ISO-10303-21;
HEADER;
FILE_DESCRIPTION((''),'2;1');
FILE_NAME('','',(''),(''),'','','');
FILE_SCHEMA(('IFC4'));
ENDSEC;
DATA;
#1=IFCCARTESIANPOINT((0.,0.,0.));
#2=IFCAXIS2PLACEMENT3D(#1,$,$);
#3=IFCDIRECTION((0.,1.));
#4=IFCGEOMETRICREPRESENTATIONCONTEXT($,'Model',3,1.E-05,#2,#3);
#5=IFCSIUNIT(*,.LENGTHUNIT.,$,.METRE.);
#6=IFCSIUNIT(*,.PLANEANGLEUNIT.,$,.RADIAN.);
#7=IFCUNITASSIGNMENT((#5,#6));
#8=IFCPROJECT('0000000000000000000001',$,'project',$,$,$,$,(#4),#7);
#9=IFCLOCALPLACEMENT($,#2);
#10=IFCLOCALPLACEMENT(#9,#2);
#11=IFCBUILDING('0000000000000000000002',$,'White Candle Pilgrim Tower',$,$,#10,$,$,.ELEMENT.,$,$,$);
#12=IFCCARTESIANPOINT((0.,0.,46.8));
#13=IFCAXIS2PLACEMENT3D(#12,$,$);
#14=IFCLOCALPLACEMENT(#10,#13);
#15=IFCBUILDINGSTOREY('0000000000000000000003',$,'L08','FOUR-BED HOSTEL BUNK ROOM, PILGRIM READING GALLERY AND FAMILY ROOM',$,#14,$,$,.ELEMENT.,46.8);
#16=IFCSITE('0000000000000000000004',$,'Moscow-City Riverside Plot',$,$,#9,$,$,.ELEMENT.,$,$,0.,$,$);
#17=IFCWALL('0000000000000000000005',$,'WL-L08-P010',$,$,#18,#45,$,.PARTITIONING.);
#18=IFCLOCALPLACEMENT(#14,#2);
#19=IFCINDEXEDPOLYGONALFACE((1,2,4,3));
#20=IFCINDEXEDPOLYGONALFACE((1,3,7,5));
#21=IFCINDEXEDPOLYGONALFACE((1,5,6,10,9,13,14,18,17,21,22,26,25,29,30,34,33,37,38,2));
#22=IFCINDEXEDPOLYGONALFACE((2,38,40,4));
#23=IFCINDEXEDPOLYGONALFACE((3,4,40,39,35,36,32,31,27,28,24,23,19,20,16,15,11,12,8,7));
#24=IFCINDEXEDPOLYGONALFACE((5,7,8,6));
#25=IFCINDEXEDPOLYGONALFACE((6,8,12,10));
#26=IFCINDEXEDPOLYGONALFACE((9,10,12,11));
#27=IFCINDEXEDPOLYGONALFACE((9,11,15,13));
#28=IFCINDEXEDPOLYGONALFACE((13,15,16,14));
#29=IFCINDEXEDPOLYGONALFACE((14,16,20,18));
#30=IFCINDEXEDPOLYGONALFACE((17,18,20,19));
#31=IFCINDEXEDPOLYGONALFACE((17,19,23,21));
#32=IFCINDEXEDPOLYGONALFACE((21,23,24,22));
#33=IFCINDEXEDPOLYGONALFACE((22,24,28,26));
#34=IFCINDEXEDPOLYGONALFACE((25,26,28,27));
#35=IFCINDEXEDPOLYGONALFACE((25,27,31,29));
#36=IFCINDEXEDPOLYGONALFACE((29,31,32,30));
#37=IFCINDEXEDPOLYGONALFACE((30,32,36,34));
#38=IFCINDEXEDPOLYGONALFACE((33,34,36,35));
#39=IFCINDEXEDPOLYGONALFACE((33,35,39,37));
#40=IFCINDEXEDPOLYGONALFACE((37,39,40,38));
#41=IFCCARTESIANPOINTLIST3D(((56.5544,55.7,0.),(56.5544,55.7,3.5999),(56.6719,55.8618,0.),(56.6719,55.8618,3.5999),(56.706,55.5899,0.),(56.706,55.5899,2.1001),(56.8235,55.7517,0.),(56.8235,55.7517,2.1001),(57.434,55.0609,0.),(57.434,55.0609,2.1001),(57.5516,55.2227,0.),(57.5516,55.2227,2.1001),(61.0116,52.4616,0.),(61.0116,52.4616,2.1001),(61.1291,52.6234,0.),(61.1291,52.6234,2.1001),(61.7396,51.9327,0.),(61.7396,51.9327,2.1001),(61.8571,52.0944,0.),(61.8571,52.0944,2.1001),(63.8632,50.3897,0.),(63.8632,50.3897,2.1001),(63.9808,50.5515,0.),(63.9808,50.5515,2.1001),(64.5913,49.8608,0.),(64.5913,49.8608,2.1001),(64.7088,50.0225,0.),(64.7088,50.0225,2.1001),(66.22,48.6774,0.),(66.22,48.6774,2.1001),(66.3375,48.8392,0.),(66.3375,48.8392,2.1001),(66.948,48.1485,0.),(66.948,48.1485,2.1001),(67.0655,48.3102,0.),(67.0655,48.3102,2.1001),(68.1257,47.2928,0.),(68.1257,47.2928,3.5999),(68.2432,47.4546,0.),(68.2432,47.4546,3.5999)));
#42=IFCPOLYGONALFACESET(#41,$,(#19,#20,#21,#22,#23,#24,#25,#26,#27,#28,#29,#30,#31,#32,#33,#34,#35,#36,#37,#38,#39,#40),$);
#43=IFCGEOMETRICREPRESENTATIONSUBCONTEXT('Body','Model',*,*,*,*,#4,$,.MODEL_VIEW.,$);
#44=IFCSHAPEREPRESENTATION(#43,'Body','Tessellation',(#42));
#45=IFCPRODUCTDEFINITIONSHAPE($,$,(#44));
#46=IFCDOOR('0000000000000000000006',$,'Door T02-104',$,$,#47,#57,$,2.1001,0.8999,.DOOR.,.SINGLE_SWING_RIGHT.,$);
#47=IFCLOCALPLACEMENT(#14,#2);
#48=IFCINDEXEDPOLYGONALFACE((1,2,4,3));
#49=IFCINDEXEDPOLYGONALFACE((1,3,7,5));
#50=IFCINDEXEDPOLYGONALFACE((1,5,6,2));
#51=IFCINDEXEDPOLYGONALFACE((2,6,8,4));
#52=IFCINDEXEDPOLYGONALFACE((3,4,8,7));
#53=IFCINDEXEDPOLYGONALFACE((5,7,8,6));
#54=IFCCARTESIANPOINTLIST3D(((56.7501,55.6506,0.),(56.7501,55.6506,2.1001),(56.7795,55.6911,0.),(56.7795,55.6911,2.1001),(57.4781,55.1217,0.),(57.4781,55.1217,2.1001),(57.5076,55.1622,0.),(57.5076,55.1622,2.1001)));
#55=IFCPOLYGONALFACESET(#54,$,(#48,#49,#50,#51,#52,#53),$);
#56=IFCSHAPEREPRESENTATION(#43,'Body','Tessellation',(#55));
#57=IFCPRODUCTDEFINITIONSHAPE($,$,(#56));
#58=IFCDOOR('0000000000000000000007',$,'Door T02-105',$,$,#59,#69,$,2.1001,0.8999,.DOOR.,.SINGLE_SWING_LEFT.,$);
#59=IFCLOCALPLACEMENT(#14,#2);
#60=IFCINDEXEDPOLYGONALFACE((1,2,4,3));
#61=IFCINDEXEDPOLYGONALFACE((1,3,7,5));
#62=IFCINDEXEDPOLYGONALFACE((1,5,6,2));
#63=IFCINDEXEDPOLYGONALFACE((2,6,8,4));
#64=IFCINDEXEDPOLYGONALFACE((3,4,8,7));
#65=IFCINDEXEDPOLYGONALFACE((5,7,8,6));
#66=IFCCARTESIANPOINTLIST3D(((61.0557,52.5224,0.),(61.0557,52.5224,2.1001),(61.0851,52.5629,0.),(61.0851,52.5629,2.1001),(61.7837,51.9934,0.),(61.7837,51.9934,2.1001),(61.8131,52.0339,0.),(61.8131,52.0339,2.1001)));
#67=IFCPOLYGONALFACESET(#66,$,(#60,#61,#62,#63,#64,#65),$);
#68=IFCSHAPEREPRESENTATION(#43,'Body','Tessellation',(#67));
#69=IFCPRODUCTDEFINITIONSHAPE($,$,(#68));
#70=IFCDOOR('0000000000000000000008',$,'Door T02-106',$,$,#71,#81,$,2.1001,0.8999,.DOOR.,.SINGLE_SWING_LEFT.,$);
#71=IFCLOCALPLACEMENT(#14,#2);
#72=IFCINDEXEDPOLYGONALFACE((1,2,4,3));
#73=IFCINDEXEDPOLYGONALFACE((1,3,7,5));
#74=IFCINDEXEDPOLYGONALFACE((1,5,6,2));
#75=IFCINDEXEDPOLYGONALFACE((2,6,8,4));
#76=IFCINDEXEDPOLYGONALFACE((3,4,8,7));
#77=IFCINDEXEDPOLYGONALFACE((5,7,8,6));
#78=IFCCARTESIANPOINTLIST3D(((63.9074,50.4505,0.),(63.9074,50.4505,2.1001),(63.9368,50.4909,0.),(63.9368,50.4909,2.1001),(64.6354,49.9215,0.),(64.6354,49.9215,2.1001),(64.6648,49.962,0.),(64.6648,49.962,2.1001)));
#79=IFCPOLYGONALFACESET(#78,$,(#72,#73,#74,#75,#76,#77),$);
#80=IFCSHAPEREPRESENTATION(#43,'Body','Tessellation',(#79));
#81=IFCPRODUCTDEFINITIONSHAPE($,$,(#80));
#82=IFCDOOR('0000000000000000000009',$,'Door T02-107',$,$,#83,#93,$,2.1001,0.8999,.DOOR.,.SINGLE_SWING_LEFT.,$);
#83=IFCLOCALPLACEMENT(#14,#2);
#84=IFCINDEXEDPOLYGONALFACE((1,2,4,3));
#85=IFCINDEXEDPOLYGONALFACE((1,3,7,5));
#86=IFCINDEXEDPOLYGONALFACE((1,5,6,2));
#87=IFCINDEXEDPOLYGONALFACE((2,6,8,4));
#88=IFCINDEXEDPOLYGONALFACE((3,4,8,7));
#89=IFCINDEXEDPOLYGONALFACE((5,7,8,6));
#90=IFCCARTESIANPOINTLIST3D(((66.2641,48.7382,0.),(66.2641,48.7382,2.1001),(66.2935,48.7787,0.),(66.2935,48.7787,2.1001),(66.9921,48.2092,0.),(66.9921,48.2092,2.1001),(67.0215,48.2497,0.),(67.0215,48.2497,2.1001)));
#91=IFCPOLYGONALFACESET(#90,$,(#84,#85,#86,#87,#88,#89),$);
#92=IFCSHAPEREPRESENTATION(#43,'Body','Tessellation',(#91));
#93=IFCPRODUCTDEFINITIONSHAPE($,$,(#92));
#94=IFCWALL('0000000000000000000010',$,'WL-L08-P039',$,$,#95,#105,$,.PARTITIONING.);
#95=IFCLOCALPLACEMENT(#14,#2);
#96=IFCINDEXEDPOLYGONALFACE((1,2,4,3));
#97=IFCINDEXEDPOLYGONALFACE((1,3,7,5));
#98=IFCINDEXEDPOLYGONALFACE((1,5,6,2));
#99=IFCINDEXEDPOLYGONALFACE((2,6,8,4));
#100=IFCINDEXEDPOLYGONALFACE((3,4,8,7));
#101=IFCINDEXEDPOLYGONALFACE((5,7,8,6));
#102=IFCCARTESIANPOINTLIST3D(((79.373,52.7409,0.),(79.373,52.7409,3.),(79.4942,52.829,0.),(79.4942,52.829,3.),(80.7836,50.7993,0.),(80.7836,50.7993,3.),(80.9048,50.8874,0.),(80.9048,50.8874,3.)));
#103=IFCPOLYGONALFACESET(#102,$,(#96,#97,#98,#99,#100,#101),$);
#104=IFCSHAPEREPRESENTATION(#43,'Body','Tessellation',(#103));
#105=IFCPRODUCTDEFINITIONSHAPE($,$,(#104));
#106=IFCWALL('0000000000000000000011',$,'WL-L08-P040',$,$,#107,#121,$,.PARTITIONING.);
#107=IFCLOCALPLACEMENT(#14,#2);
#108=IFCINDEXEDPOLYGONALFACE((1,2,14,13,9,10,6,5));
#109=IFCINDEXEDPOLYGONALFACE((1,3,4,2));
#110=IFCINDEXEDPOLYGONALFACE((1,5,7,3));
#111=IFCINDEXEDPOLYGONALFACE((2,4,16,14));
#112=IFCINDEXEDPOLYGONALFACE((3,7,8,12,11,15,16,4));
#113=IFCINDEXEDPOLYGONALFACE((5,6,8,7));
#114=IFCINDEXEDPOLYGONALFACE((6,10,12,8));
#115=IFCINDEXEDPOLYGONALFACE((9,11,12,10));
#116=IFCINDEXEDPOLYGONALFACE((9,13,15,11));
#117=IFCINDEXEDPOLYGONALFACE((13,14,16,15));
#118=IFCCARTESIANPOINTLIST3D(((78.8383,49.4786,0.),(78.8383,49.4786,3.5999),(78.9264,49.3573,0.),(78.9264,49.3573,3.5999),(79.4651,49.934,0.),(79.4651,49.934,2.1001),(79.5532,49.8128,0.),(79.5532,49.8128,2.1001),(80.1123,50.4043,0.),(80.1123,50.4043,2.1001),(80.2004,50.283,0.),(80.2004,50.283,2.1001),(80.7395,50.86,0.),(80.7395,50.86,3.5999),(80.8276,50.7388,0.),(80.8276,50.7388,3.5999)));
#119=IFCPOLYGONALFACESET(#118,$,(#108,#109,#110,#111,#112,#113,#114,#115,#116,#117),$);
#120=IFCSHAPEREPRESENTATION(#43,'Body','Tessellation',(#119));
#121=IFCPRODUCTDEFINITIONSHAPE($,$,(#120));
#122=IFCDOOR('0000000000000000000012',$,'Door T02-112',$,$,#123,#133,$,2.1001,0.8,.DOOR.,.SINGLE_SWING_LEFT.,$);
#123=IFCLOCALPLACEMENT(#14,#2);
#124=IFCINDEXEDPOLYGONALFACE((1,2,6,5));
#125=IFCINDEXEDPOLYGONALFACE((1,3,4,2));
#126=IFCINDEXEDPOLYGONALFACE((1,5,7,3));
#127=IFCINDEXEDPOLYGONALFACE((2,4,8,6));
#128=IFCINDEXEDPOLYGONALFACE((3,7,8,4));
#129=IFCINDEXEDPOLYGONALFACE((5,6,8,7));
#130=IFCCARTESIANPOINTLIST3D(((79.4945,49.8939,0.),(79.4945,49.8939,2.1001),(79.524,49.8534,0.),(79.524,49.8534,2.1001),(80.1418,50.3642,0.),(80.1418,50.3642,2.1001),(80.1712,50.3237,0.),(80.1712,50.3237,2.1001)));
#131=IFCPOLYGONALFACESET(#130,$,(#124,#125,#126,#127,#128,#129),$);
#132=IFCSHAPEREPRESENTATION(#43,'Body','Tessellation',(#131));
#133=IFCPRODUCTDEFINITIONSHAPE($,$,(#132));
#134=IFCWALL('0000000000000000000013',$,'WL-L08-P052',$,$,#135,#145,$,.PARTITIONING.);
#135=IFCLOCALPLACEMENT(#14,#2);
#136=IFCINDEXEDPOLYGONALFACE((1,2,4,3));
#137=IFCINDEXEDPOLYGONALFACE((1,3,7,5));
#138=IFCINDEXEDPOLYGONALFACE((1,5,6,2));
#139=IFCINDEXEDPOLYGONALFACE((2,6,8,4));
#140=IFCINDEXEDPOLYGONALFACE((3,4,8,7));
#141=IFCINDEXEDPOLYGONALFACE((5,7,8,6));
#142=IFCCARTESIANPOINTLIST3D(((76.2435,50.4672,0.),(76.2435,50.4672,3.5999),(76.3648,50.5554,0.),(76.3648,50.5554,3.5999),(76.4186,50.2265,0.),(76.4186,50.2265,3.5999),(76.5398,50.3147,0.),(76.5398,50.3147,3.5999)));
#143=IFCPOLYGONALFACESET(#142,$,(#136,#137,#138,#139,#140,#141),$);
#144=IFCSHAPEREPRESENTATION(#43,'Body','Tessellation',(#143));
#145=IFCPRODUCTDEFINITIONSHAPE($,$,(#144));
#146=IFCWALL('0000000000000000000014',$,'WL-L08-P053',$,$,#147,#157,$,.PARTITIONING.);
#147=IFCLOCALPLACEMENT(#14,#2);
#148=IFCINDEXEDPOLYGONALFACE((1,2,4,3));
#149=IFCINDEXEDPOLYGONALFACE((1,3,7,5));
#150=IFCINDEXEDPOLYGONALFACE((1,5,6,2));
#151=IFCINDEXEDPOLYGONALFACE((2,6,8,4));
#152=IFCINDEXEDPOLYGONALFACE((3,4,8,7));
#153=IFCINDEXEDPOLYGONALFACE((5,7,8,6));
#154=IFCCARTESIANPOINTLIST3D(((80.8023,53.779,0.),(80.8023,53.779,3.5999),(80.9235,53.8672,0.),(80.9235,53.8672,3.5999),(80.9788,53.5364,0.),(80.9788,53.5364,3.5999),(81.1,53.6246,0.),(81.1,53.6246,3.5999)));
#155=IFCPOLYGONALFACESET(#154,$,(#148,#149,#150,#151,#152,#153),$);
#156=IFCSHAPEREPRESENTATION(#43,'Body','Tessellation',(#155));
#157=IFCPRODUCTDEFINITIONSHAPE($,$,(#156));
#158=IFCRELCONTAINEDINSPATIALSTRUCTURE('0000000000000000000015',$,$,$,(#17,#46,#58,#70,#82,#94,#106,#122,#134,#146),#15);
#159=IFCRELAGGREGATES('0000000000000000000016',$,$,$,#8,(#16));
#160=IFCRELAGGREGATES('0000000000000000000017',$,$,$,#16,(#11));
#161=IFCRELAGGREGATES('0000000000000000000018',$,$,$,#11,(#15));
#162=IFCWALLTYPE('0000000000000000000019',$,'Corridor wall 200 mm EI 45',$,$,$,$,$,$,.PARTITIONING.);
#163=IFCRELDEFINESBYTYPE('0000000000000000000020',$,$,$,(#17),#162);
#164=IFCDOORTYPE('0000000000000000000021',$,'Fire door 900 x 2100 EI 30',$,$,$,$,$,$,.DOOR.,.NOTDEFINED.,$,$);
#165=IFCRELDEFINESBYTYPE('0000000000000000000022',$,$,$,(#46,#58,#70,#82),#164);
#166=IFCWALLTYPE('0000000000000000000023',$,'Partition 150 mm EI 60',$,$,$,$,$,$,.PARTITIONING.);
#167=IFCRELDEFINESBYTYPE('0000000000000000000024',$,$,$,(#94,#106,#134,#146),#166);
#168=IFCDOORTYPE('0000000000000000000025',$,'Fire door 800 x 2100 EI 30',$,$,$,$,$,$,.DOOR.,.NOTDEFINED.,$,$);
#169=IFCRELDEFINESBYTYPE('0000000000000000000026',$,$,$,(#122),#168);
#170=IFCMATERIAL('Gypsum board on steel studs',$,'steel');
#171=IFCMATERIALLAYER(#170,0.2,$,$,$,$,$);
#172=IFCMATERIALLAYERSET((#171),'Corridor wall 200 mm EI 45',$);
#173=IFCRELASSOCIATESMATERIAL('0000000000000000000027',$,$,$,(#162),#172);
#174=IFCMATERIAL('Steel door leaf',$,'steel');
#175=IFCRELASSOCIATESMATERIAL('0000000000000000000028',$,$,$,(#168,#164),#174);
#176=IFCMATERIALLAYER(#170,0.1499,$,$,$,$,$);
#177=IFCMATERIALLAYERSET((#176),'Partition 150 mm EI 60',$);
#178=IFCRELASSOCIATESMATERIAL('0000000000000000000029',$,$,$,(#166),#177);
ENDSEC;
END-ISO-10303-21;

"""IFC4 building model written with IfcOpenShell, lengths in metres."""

from ifc_helpers import new_model, si_unit, direction, frame, frame_2d, origin, place, context, subcontext, project, spatial, rectangle, extrude, material, layer, layer_set, type_object, element, fill, save


model = new_model("IFC4")

# Units and contexts
model_context = context("Model", 3, precision=1e-05, world=origin(), true_north=direction((0.0, 1.0)))
body_context = subcontext(model_context, "Body", "Model", "MODEL_VIEW")
ifc_project = project(units=[si_unit("LENGTHUNIT", "METRE"), si_unit("PLANEANGLEUNIT", "RADIAN")], contexts=[model_context])

# Site, building, storey
site_placement = place(None, origin())
site = spatial("IfcSite", under=ifc_project, at=site_placement, Name="Moscow-City Riverside Plot", CompositionType="ELEMENT", RefElevation=0.0)
building_placement = place(site_placement, origin())
building = spatial("IfcBuilding", under=site, at=building_placement, Name="White Candle Pilgrim Tower", CompositionType="ELEMENT")
storey_placement = place(building_placement, frame((0.0, 0.0, 46.8)))
storey = spatial("IfcBuildingStorey", under=building, at=storey_placement, Name="L08", Description="FOUR-BED HOSTEL BUNK ROOM, PILGRIM READING GALLERY AND FAMILY ROOM", CompositionType="ELEMENT", Elevation=46.8)

# Wall, openings, doors
ifc_material_1 = material(Name="Gypsum board on steel studs", Category="steel")
ifc_layer_1 = layer(ifc_material_1, 0.2)
ifc_layer_set_1 = layer_set([ifc_layer_1], Name="Corridor wall 200 mm EI 45")
wall_type_1 = type_object("IfcWallType", Name="Corridor wall 200 mm EI 45", PredefinedType="PARTITIONING", material=ifc_layer_set_1)
ifc_material_2 = material(Name="Steel door leaf", Category="steel")
door_type_1 = type_object("IfcDoorType", Name="Fire door 800 x 2100 EI 30", OperationType="NOTDEFINED", PredefinedType="DOOR", material=ifc_material_2)
wall_1_placement = place(storey_placement, frame((68.1843, 47.3738, 0.0), z_axis=(0.0, 0.0, 1.0), x_axis=(-0.809011, 0.587794, 0.0)))
wall_1 = element("IfcWall", 1, at=wall_1_placement, inside=storey, type_object=wall_type_1, Name="WL-L08-P010", PredefinedType="PARTITIONING", context=body_context, shape_type="SweptSolid", body=[
    extrude(rectangle(XDim=14.303, YDim=0.2, at=frame_2d((7.1514, 0.0))), origin(), (0.0, 0.0, 1.0), 3.5999),
])
opening_1_placement = place(wall_1_placement, frame((13.2156, 0.0, 0.0)))
opening_1 = element("IfcOpeningElement", 2, at=opening_1_placement, cuts=wall_1, PredefinedType="OPENING", context=body_context, shape_type="SweptSolid", body=[
    extrude(rectangle(XDim=0.8999, YDim=2.1001, at=frame_2d((0.45, 1.05))), frame((0.0, 0.1099, 0.0), z_axis=(0.0, -1.0, 0.0), x_axis=(1.0, 0.0, 0.0)), (0.0, 0.0, 1.0), 0.22),
])
opening_2_placement = place(wall_1_placement, frame((7.8936, 0.0, 0.0)))
opening_2 = element("IfcOpeningElement", 3, at=opening_2_placement, cuts=wall_1, PredefinedType="OPENING", context=body_context, shape_type="SweptSolid", body=[
    extrude(rectangle(XDim=0.8999, YDim=2.1001, at=frame_2d((0.45, 1.05))), frame((0.0, 0.1099, 0.0), z_axis=(0.0, -1.0, 0.0), x_axis=(1.0, 0.0, 0.0)), (0.0, 0.0, 1.0), 0.22),
])
opening_3_placement = place(wall_1_placement, frame((4.3687, 0.0, 0.0)))
opening_3 = element("IfcOpeningElement", 4, at=opening_3_placement, cuts=wall_1, PredefinedType="OPENING", context=body_context, shape_type="SweptSolid", body=[
    extrude(rectangle(XDim=0.8999, YDim=2.1001, at=frame_2d((0.45, 1.05))), frame((0.0, 0.1099, 0.0), z_axis=(0.0, -1.0, 0.0), x_axis=(1.0, 0.0, 0.0)), (0.0, 0.0, 1.0), 0.22),
])
opening_4_placement = place(wall_1_placement, frame((1.4556, 0.0, 0.0)))
opening_4 = element("IfcOpeningElement", 5, at=opening_4_placement, cuts=wall_1, PredefinedType="OPENING", context=body_context, shape_type="SweptSolid", body=[
    extrude(rectangle(XDim=0.8999, YDim=2.1001, at=frame_2d((0.45, 1.05))), frame((0.0, 0.1099, 0.0), z_axis=(0.0, -1.0, 0.0), x_axis=(1.0, 0.0, 0.0)), (0.0, 0.0, 1.0), 0.22),
])
door_type_2 = type_object("IfcDoorType", Name="Fire door 900 x 2100 EI 30", OperationType="NOTDEFINED", PredefinedType="DOOR", material=ifc_material_2)
door_1_placement = place(opening_1_placement, origin())
door_1 = element("IfcDoor", 6, at=door_1_placement, inside=storey, type_object=door_type_2, Name="Door T02-104", OperationType="SINGLE_SWING_RIGHT", OverallHeight=2.1001, OverallWidth=0.8999, PredefinedType="DOOR", context=body_context, shape_type="SweptSolid", body=[
    extrude(rectangle(XDim=0.8999, YDim=2.1001, at=frame_2d((0.45, 1.05))), frame((0.0, 0.0249, 0.0), z_axis=(0.0, -1.0, 0.0), x_axis=(1.0, 0.0, 0.0)), (0.0, 0.0, 1.0), 0.05),
])
fill(opening_1, door_1)
door_2_placement = place(opening_2_placement, origin())
door_2 = element("IfcDoor", 7, at=door_2_placement, inside=storey, type_object=door_type_2, Name="Door T02-105", OperationType="SINGLE_SWING_LEFT", OverallHeight=2.1001, OverallWidth=0.8999, PredefinedType="DOOR", context=body_context, shape_type="SweptSolid", body=[
    extrude(rectangle(XDim=0.8999, YDim=2.1001, at=frame_2d((0.45, 1.05))), frame((0.0, 0.0249, 0.0), z_axis=(0.0, -1.0, 0.0), x_axis=(1.0, 0.0, 0.0)), (0.0, 0.0, 1.0), 0.05),
])
fill(opening_2, door_2)
door_3_placement = place(opening_3_placement, origin())
door_3 = element("IfcDoor", 8, at=door_3_placement, inside=storey, type_object=door_type_2, Name="Door T02-106", OperationType="SINGLE_SWING_LEFT", OverallHeight=2.1001, OverallWidth=0.8999, PredefinedType="DOOR", context=body_context, shape_type="SweptSolid", body=[
    extrude(rectangle(XDim=0.8999, YDim=2.1001, at=frame_2d((0.45, 1.05))), frame((0.0, 0.0249, 0.0), z_axis=(0.0, -1.0, 0.0), x_axis=(1.0, 0.0, 0.0)), (0.0, 0.0, 1.0), 0.05),
])
fill(opening_3, door_3)
door_4_placement = place(opening_4_placement, origin())
door_4 = element("IfcDoor", 9, at=door_4_placement, inside=storey, type_object=door_type_2, Name="Door T02-107", OperationType="SINGLE_SWING_LEFT", OverallHeight=2.1001, OverallWidth=0.8999, PredefinedType="DOOR", context=body_context, shape_type="SweptSolid", body=[
    extrude(rectangle(XDim=0.8999, YDim=2.1001, at=frame_2d((0.45, 1.05))), frame((0.0, 0.0249, 0.0), z_axis=(0.0, -1.0, 0.0), x_axis=(1.0, 0.0, 0.0)), (0.0, 0.0, 1.0), 0.05),
])
fill(opening_4, door_4)

# Wall
ifc_layer_2 = layer(ifc_material_1, 0.1499)
ifc_layer_set_2 = layer_set([ifc_layer_2], Name="Partition 150 mm EI 60")
wall_type_2 = type_object("IfcWallType", Name="Partition 150 mm EI 60", PredefinedType="PARTITIONING", material=ifc_layer_set_2)
wall_2_placement = place(storey_placement, frame((79.4336, 52.7849, 0.0), z_axis=(0.0, 0.0, 1.0), x_axis=(0.587772, -0.809026, 0.0)))
element("IfcWall", 10, at=wall_2_placement, inside=storey, type_object=wall_type_2, Name="WL-L08-P039", PredefinedType="PARTITIONING", context=body_context, shape_type="SweptSolid", body=[
    extrude(rectangle(XDim=2.3999, YDim=0.1499, at=frame_2d((1.2, 0.0))), origin(), (0.0, 0.0, 1.0), 3.0),
])

# Wall, opening, door
wall_3_placement = place(storey_placement, frame((78.8823, 49.418, 0.0), z_axis=(0.0, 0.0, 1.0), x_axis=(0.808997, 0.587813, 0.0)))
wall_3 = element("IfcWall", 11, at=wall_3_placement, inside=storey, type_object=wall_type_2, Name="WL-L08-P040", PredefinedType="PARTITIONING", context=body_context, shape_type="SweptSolid", body=[
    extrude(rectangle(XDim=2.3501, YDim=0.1499, at=frame_2d((1.175, 0.0))), origin(), (0.0, 0.0, 1.0), 3.5999),
])
opening_5_placement = place(wall_3_placement, frame((0.7749, 0.0, 0.0)))
opening_5 = element("IfcOpeningElement", 12, at=opening_5_placement, cuts=wall_3, PredefinedType="OPENING", context=body_context, shape_type="SweptSolid", body=[
    extrude(rectangle(XDim=0.8, YDim=2.1001, at=frame_2d((0.3999, 1.05))), frame((0.0, 0.085, 0.0), z_axis=(0.0, -1.0, 0.0), x_axis=(1.0, 0.0, 0.0)), (0.0, 0.0, 1.0), 0.1699),
])
door_5_placement = place(opening_5_placement, frame((0.8, 0.0, 0.0), z_axis=(0.0, 0.0, 1.0), x_axis=(-1.0, 0.0, 0.0)))
door_5 = element("IfcDoor", 13, at=door_5_placement, inside=storey, type_object=door_type_1, Name="Door T02-112", OperationType="SINGLE_SWING_LEFT", OverallHeight=2.1001, OverallWidth=0.8, PredefinedType="DOOR", context=body_context, shape_type="SweptSolid", body=[
    extrude(rectangle(XDim=0.8, YDim=2.1001, at=frame_2d((0.3999, 1.05))), frame((0.0, 0.0249, 0.0), z_axis=(0.0, -1.0, 0.0), x_axis=(1.0, 0.0, 0.0)), (0.0, 0.0, 1.0), 0.05),
])
fill(opening_5, door_5)

# Walls
wall_4_placement = place(storey_placement, frame((76.4792, 50.2705, 0.0), z_axis=(0.0, 0.0, 1.0), x_axis=(-0.588123, 0.808772, 0.0)))
element("IfcWall", 14, at=wall_4_placement, inside=storey, type_object=wall_type_2, Name="WL-L08-P052", PredefinedType="PARTITIONING", context=body_context, shape_type="SweptSolid", body=[
    extrude(rectangle(XDim=0.2976, YDim=0.1499, at=frame_2d((0.1489, 0.0))), origin(), (0.0, 0.0, 1.0), 3.5999),
])
wall_5_placement = place(storey_placement, frame((81.0393, 53.5806, 0.0), z_axis=(0.0, 0.0, 1.0), x_axis=(-0.58822, 0.808701, 0.0)))
element("IfcWall", 15, at=wall_5_placement, inside=storey, type_object=wall_type_2, Name="WL-L08-P053", PredefinedType="PARTITIONING", context=body_context, shape_type="SweptSolid", body=[
    extrude(rectangle(XDim=0.3, YDim=0.1499, at=frame_2d((0.1499, 0.0))), origin(), (0.0, 0.0, 1.0), 3.5999),
])

save(model, "model.ifc")
